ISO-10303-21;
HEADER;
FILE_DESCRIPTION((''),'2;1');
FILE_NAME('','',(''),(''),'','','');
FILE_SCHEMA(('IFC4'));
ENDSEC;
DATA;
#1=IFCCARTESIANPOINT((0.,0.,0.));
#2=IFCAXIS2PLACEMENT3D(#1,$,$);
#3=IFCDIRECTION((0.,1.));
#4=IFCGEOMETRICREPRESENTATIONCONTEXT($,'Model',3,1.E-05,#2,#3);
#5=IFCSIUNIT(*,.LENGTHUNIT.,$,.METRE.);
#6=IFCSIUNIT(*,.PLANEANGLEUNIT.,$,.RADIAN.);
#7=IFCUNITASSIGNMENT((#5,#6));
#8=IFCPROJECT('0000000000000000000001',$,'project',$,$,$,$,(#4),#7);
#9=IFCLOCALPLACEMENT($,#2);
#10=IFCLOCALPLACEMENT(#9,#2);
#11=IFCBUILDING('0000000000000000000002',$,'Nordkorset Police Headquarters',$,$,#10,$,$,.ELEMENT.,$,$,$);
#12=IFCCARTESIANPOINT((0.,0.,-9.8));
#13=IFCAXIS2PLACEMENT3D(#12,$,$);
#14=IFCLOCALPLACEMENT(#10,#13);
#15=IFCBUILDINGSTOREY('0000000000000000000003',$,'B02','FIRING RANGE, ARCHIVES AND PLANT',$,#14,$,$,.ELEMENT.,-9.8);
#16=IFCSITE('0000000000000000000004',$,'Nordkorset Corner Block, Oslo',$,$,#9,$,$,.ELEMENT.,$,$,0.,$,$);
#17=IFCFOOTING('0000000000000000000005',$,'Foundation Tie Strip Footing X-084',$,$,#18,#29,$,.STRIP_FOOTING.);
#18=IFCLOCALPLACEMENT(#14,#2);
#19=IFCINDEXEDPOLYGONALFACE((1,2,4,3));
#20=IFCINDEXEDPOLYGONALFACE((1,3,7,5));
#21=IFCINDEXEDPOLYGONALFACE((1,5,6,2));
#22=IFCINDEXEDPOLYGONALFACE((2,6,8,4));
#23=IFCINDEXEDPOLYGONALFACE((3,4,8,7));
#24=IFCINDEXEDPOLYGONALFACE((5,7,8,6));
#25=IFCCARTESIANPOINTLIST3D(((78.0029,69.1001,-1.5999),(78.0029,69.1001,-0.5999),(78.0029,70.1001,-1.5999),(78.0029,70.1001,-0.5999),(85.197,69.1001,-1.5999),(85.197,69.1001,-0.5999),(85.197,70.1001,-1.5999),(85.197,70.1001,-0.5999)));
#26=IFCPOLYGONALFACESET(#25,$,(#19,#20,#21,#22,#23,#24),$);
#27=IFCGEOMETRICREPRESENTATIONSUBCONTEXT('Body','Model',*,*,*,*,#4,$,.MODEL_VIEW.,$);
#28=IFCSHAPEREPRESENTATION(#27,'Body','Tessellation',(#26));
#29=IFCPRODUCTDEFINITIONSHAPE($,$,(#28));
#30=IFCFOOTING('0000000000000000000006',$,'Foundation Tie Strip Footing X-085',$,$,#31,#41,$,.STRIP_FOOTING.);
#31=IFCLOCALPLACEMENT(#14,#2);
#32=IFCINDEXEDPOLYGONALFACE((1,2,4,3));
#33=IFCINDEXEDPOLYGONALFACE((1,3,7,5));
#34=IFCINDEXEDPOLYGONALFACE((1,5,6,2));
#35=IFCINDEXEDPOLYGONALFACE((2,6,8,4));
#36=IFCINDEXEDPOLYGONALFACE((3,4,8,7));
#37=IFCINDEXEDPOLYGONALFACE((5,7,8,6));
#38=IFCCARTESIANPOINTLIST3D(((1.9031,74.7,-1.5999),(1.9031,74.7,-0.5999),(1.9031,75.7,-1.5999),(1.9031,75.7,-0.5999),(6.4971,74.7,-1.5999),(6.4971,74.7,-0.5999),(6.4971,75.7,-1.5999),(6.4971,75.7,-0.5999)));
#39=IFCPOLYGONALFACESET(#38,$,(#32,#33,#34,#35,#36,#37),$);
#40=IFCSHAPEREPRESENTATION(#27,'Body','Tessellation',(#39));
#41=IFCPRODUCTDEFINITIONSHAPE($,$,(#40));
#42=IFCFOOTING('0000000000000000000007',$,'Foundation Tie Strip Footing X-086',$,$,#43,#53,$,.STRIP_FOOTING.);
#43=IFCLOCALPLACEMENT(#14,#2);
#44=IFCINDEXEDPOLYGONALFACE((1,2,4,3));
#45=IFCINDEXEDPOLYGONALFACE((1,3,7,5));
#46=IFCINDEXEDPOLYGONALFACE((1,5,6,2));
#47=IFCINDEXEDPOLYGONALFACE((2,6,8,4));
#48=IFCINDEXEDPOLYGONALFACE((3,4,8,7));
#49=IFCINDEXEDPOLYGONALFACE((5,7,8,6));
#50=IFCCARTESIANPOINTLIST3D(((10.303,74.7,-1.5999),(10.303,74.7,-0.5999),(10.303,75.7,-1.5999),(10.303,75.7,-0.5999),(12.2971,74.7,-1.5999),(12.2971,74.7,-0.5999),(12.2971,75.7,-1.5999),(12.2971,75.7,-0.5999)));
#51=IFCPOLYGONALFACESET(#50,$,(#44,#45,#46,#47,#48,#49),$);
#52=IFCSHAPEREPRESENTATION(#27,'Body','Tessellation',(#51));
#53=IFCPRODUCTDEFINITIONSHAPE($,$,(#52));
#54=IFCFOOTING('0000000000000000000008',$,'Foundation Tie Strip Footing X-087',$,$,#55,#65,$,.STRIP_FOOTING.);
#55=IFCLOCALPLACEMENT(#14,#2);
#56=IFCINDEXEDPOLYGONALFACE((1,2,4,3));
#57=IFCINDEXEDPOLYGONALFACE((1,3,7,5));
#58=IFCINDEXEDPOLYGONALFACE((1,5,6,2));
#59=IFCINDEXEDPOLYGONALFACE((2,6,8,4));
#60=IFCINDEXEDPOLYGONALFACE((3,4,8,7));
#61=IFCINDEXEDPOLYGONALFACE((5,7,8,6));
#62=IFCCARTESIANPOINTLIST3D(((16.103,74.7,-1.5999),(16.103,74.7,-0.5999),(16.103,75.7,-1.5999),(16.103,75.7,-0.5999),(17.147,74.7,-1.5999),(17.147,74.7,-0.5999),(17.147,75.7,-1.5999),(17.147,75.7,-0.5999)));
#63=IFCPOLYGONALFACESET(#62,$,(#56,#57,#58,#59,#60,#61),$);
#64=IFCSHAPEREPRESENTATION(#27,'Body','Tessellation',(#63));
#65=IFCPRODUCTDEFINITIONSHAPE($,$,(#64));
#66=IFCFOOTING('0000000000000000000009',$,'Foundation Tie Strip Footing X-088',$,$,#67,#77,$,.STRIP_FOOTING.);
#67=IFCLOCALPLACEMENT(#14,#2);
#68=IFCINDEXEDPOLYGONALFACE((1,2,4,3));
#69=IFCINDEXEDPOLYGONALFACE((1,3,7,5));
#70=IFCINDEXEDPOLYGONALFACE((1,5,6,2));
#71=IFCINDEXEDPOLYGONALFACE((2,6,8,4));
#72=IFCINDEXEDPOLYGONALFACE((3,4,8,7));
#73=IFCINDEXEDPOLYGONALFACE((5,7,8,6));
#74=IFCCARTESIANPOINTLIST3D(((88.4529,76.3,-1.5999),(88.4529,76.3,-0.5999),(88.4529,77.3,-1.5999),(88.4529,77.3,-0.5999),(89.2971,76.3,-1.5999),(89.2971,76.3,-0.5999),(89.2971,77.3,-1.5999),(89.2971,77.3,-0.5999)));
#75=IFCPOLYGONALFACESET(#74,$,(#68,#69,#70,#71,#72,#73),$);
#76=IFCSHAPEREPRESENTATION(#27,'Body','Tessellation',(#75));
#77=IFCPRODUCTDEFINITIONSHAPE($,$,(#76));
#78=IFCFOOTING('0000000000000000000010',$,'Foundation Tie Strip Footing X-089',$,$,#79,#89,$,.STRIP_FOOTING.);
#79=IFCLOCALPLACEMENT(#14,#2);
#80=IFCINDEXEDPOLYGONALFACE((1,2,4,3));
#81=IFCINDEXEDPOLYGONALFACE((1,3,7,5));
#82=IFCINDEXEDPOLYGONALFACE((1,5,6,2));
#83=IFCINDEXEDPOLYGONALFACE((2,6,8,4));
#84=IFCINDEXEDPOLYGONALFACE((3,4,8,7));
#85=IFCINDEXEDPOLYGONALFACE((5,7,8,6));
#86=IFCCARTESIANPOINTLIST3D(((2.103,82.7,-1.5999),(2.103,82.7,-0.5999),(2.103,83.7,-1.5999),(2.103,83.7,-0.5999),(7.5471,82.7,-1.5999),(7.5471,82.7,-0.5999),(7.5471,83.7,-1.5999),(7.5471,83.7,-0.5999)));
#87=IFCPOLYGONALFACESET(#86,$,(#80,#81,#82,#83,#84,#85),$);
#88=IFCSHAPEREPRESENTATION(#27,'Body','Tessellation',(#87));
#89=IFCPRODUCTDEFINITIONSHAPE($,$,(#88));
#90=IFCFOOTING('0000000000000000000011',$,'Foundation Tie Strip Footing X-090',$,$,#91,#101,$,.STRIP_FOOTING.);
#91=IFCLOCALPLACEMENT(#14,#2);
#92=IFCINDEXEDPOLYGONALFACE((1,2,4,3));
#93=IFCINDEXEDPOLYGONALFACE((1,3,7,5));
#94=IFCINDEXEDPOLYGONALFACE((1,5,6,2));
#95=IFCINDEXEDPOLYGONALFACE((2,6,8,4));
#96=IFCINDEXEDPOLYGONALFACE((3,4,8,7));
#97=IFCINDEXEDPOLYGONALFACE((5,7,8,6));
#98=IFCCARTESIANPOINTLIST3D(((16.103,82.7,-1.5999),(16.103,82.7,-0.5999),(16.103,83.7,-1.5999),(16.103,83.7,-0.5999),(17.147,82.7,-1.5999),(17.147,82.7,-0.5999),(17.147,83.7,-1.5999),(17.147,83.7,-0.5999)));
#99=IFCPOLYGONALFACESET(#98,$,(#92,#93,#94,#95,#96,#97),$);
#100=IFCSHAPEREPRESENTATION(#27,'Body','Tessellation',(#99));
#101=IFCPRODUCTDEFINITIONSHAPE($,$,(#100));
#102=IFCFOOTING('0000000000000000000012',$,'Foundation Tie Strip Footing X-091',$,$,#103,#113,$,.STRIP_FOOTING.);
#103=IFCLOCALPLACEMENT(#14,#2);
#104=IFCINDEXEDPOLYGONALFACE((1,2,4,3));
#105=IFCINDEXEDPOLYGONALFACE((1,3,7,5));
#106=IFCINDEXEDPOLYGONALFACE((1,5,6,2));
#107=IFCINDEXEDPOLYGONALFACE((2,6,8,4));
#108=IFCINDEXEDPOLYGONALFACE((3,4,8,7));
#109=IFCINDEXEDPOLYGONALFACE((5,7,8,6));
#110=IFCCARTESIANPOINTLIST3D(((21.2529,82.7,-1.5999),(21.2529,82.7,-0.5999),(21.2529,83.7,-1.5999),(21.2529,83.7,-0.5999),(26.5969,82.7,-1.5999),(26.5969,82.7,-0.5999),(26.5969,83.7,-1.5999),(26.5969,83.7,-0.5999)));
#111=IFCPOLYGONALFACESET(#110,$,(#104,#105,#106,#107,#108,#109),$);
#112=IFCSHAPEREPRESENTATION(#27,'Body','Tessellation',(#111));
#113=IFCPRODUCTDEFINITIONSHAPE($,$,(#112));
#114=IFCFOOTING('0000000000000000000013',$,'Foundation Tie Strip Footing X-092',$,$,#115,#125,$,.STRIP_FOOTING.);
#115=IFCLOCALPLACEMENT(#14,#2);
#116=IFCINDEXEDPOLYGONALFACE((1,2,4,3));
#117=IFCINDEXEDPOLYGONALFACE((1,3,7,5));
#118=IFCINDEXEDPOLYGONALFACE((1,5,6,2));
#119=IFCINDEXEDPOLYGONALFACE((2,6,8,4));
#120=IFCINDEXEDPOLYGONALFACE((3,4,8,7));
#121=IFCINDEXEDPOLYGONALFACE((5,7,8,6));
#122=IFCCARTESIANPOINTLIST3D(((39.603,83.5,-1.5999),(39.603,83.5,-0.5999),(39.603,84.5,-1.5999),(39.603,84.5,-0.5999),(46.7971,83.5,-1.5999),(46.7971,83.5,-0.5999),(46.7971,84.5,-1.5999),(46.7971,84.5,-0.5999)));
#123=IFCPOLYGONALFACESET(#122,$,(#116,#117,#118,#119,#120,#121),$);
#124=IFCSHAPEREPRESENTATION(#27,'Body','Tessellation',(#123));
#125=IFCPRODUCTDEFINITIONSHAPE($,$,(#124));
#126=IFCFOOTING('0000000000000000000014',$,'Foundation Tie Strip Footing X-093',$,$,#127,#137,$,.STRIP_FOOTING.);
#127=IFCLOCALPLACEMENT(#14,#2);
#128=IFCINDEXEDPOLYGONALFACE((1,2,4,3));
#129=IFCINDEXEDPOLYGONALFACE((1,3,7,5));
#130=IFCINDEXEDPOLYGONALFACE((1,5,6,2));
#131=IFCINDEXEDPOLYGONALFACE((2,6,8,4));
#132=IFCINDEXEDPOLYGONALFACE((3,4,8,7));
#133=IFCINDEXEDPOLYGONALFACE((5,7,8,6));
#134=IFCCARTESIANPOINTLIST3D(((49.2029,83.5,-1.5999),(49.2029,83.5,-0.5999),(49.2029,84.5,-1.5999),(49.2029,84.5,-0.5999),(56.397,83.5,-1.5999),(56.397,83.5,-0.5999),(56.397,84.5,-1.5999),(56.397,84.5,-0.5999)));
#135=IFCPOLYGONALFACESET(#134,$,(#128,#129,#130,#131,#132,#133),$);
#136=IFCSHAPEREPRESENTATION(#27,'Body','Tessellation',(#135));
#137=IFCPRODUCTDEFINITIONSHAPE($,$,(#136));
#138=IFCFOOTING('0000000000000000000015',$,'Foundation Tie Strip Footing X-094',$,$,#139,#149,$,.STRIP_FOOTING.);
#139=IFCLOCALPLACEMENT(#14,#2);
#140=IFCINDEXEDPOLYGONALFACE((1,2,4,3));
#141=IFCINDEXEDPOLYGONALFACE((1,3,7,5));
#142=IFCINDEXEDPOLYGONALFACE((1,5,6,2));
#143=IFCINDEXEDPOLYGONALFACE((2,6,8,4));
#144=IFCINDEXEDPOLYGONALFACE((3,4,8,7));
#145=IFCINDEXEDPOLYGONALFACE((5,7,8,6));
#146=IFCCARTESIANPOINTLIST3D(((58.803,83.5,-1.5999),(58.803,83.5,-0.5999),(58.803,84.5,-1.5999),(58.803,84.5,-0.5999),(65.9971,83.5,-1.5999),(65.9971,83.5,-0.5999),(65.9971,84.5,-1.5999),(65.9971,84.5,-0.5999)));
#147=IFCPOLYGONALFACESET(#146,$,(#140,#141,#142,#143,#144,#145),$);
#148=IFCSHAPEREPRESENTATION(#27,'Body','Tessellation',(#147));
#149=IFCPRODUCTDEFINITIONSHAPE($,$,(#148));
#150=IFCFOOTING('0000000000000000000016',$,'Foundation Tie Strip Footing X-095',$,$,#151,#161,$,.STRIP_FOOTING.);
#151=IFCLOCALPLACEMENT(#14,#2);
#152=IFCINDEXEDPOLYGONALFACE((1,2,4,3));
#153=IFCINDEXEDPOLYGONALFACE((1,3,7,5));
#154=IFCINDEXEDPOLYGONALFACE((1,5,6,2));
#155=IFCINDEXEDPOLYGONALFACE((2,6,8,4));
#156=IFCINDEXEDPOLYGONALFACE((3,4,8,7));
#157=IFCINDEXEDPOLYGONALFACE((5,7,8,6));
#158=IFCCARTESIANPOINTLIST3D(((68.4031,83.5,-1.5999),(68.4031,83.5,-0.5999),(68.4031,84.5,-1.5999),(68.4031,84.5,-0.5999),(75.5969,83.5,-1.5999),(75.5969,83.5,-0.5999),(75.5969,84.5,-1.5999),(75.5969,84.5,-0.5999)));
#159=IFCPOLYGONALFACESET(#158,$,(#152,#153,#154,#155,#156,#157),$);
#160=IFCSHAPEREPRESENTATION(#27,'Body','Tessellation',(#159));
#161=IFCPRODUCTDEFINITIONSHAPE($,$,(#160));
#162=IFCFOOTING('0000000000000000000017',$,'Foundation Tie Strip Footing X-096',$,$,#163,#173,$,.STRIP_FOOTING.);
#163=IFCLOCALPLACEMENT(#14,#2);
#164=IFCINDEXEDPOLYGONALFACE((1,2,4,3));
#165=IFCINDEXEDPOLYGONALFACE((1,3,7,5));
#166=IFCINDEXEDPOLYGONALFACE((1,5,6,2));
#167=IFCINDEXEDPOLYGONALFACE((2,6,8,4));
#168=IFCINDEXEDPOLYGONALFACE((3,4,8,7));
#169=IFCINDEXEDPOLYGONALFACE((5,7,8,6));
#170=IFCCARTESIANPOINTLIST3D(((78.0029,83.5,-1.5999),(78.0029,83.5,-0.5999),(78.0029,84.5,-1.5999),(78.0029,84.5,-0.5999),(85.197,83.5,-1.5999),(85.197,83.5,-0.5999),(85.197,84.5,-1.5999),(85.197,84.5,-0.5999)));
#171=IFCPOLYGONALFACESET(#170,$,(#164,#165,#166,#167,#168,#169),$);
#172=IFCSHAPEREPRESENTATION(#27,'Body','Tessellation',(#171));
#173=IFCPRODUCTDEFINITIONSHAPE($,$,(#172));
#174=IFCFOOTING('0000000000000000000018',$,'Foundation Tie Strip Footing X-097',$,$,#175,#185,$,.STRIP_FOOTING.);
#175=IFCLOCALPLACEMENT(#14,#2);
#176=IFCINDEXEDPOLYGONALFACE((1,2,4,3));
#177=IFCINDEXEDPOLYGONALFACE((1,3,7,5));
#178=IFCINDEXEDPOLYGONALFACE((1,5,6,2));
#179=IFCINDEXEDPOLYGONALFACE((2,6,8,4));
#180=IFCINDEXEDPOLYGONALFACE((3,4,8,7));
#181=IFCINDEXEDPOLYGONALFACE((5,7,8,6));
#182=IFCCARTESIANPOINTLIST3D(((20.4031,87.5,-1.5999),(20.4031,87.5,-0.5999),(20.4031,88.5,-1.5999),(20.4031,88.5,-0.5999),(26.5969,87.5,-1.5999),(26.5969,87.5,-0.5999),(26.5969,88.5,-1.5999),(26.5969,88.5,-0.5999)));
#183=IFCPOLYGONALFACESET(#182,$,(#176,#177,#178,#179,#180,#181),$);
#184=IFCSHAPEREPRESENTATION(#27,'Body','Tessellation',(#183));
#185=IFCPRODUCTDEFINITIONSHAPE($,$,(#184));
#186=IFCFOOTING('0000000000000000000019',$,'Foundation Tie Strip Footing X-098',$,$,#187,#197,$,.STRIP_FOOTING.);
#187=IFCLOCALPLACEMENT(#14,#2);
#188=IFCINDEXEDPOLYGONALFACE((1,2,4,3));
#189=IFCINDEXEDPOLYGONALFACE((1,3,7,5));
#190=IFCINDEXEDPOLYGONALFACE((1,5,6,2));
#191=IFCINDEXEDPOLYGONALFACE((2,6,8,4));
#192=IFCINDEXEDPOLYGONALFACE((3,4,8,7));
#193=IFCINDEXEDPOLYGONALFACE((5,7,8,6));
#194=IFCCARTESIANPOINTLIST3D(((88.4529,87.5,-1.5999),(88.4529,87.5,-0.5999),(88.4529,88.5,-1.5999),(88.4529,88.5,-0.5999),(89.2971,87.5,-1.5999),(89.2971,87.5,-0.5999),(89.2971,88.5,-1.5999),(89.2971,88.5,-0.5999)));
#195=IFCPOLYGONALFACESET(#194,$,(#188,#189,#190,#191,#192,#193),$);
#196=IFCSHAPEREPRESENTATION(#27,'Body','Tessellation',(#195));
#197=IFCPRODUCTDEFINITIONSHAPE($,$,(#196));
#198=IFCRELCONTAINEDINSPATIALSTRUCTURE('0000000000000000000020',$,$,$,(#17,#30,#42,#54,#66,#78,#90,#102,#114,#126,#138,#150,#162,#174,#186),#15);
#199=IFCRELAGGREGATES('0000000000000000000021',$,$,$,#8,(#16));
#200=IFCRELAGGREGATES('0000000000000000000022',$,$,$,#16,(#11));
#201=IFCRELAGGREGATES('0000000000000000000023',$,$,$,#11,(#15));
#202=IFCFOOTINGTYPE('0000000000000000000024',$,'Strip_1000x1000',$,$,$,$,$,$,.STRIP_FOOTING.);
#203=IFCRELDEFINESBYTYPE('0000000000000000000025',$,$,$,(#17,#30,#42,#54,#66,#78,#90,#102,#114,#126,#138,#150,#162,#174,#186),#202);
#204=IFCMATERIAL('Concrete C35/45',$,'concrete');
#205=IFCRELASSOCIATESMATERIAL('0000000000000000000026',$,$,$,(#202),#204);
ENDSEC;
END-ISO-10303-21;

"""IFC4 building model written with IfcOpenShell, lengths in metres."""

from ifc_helpers import new_model, si_unit, direction, frame, origin, place, context, subcontext, project, spatial, polyline, outline, extrude, material, type_object, element, save


model = new_model("IFC4")

# Units and contexts
model_context = context("Model", 3, precision=1e-05, world=origin(), true_north=direction((0.0, 1.0)))
body_context = subcontext(model_context, "Body", "Model", "MODEL_VIEW")
ifc_project = project(units=[si_unit("LENGTHUNIT", "METRE"), si_unit("PLANEANGLEUNIT", "RADIAN")], contexts=[model_context])

# Site, building, storey
site_placement = place(None, origin())
site = spatial("IfcSite", under=ifc_project, at=site_placement, Name="Nordkorset Corner Block, Oslo", CompositionType="ELEMENT", RefElevation=0.0)
building_placement = place(site_placement, origin())
building = spatial("IfcBuilding", under=site, at=building_placement, Name="Nordkorset Police Headquarters", CompositionType="ELEMENT")
storey_placement = place(building_placement, frame((0.0, 0.0, -9.8)))
storey = spatial("IfcBuildingStorey", under=building, at=storey_placement, Name="B02", Description="FIRING RANGE, ARCHIVES AND PLANT", CompositionType="ELEMENT", Elevation=-9.8)

# Footings
ifc_material = material(Name="Concrete C35/45", Category="concrete")
footing_type = type_object("IfcFootingType", Name="Strip_1000x1000", PredefinedType="STRIP_FOOTING", material=ifc_material)
footing_1_placement = place(storey_placement, frame((0.0, 0.0, -1.5999)))
element("IfcFooting", 1, at=footing_1_placement, inside=storey, type_object=footing_type, Name="Foundation Tie Strip Footing X-084", PredefinedType="STRIP_FOOTING", context=body_context, shape_type="SweptSolid", body=[
    extrude(outline(polyline([(78.0029, 69.1001), (85.197, 69.1001), (85.197, 70.1001), (78.0029, 70.1001), (78.0029, 69.1001)])), origin(), (0.0, 0.0, 1.0), 1.0),
])
footing_2_placement = place(storey_placement, frame((0.0, 0.0, -1.5999)))
element("IfcFooting", 2, at=footing_2_placement, inside=storey, type_object=footing_type, Name="Foundation Tie Strip Footing X-085", PredefinedType="STRIP_FOOTING", context=body_context, shape_type="SweptSolid", body=[
    extrude(outline(polyline([(1.9031, 74.7), (6.4971, 74.7), (6.4971, 75.7), (1.9031, 75.7), (1.9031, 74.7)])), origin(), (0.0, 0.0, 1.0), 1.0),
])
footing_3_placement = place(storey_placement, frame((0.0, 0.0, -1.5999)))
element("IfcFooting", 3, at=footing_3_placement, inside=storey, type_object=footing_type, Name="Foundation Tie Strip Footing X-086", PredefinedType="STRIP_FOOTING", context=body_context, shape_type="SweptSolid", body=[
    extrude(outline(polyline([(10.303, 74.7), (12.2971, 74.7), (12.2971, 75.7), (10.303, 75.7), (10.303, 74.7)])), origin(), (0.0, 0.0, 1.0), 1.0),
])
footing_4_placement = place(storey_placement, frame((0.0, 0.0, -1.5999)))
element("IfcFooting", 4, at=footing_4_placement, inside=storey, type_object=footing_type, Name="Foundation Tie Strip Footing X-087", PredefinedType="STRIP_FOOTING", context=body_context, shape_type="SweptSolid", body=[
    extrude(outline(polyline([(16.103, 74.7), (17.147, 74.7), (17.147, 75.7), (16.103, 75.7), (16.103, 74.7)])), origin(), (0.0, 0.0, 1.0), 1.0),
])
footing_5_placement = place(storey_placement, frame((0.0, 0.0, -1.5999)))
element("IfcFooting", 5, at=footing_5_placement, inside=storey, type_object=footing_type, Name="Foundation Tie Strip Footing X-088", PredefinedType="STRIP_FOOTING", context=body_context, shape_type="SweptSolid", body=[
    extrude(outline(polyline([(88.4529, 76.3), (89.2971, 76.3), (89.2971, 77.3), (88.4529, 77.3), (88.4529, 76.3)])), origin(), (0.0, 0.0, 1.0), 1.0),
])
footing_6_placement = place(storey_placement, frame((0.0, 0.0, -1.5999)))
element("IfcFooting", 6, at=footing_6_placement, inside=storey, type_object=footing_type, Name="Foundation Tie Strip Footing X-089", PredefinedType="STRIP_FOOTING", context=body_context, shape_type="SweptSolid", body=[
    extrude(outline(polyline([(2.103, 82.7), (7.5471, 82.7), (7.5471, 83.7), (2.103, 83.7), (2.103, 82.7)])), origin(), (0.0, 0.0, 1.0), 1.0),
])
footing_7_placement = place(storey_placement, frame((0.0, 0.0, -1.5999)))
element("IfcFooting", 7, at=footing_7_placement, inside=storey, type_object=footing_type, Name="Foundation Tie Strip Footing X-090", PredefinedType="STRIP_FOOTING", context=body_context, shape_type="SweptSolid", body=[
    extrude(outline(polyline([(16.103, 82.7), (17.147, 82.7), (17.147, 83.7), (16.103, 83.7), (16.103, 82.7)])), origin(), (0.0, 0.0, 1.0), 1.0),
])
footing_8_placement = place(storey_placement, frame((0.0, 0.0, -1.5999)))
element("IfcFooting", 8, at=footing_8_placement, inside=storey, type_object=footing_type, Name="Foundation Tie Strip Footing X-091", PredefinedType="STRIP_FOOTING", context=body_context, shape_type="SweptSolid", body=[
    extrude(outline(polyline([(21.2529, 82.7), (26.5969, 82.7), (26.5969, 83.7), (21.2529, 83.7), (21.2529, 82.7)])), origin(), (0.0, 0.0, 1.0), 1.0),
])
footing_9_placement = place(storey_placement, frame((0.0, 0.0, -1.5999)))
element("IfcFooting", 9, at=footing_9_placement, inside=storey, type_object=footing_type, Name="Foundation Tie Strip Footing X-092", PredefinedType="STRIP_FOOTING", context=body_context, shape_type="SweptSolid", body=[
    extrude(outline(polyline([(39.603, 83.5), (46.7971, 83.5), (46.7971, 84.5), (39.603, 84.5), (39.603, 83.5)])), origin(), (0.0, 0.0, 1.0), 1.0),
])
footing_10_placement = place(storey_placement, frame((0.0, 0.0, -1.5999)))
element("IfcFooting", 10, at=footing_10_placement, inside=storey, type_object=footing_type, Name="Foundation Tie Strip Footing X-093", PredefinedType="STRIP_FOOTING", context=body_context, shape_type="SweptSolid", body=[
    extrude(outline(polyline([(49.2029, 83.5), (56.397, 83.5), (56.397, 84.5), (49.2029, 84.5), (49.2029, 83.5)])), origin(), (0.0, 0.0, 1.0), 1.0),
])
footing_11_placement = place(storey_placement, frame((0.0, 0.0, -1.5999)))
element("IfcFooting", 11, at=footing_11_placement, inside=storey, type_object=footing_type, Name="Foundation Tie Strip Footing X-094", PredefinedType="STRIP_FOOTING", context=body_context, shape_type="SweptSolid", body=[
    extrude(outline(polyline([(58.803, 83.5), (65.9971, 83.5), (65.9971, 84.5), (58.803, 84.5), (58.803, 83.5)])), origin(), (0.0, 0.0, 1.0), 1.0),
])
footing_12_placement = place(storey_placement, frame((0.0, 0.0, -1.5999)))
element("IfcFooting", 12, at=footing_12_placement, inside=storey, type_object=footing_type, Name="Foundation Tie Strip Footing X-095", PredefinedType="STRIP_FOOTING", context=body_context, shape_type="SweptSolid", body=[
    extrude(outline(polyline([(68.4031, 83.5), (75.5969, 83.5), (75.5969, 84.5), (68.4031, 84.5), (68.4031, 83.5)])), origin(), (0.0, 0.0, 1.0), 1.0),
])
footing_13_placement = place(storey_placement, frame((0.0, 0.0, -1.5999)))
element("IfcFooting", 13, at=footing_13_placement, inside=storey, type_object=footing_type, Name="Foundation Tie Strip Footing X-096", PredefinedType="STRIP_FOOTING", context=body_context, shape_type="SweptSolid", body=[
    extrude(outline(polyline([(78.0029, 83.5), (85.197, 83.5), (85.197, 84.5), (78.0029, 84.5), (78.0029, 83.5)])), origin(), (0.0, 0.0, 1.0), 1.0),
])
footing_14_placement = place(storey_placement, frame((0.0, 0.0, -1.5999)))
element("IfcFooting", 14, at=footing_14_placement, inside=storey, type_object=footing_type, Name="Foundation Tie Strip Footing X-097", PredefinedType="STRIP_FOOTING", context=body_context, shape_type="SweptSolid", body=[
    extrude(outline(polyline([(20.4031, 87.5), (26.5969, 87.5), (26.5969, 88.5), (20.4031, 88.5), (20.4031, 87.5)])), origin(), (0.0, 0.0, 1.0), 1.0),
])
footing_15_placement = place(storey_placement, frame((0.0, 0.0, -1.5999)))
element("IfcFooting", 15, at=footing_15_placement, inside=storey, type_object=footing_type, Name="Foundation Tie Strip Footing X-098", PredefinedType="STRIP_FOOTING", context=body_context, shape_type="SweptSolid", body=[
    extrude(outline(polyline([(88.4529, 87.5), (89.2971, 87.5), (89.2971, 88.5), (88.4529, 88.5), (88.4529, 87.5)])), origin(), (0.0, 0.0, 1.0), 1.0),
])

save(model, "model.ifc")
